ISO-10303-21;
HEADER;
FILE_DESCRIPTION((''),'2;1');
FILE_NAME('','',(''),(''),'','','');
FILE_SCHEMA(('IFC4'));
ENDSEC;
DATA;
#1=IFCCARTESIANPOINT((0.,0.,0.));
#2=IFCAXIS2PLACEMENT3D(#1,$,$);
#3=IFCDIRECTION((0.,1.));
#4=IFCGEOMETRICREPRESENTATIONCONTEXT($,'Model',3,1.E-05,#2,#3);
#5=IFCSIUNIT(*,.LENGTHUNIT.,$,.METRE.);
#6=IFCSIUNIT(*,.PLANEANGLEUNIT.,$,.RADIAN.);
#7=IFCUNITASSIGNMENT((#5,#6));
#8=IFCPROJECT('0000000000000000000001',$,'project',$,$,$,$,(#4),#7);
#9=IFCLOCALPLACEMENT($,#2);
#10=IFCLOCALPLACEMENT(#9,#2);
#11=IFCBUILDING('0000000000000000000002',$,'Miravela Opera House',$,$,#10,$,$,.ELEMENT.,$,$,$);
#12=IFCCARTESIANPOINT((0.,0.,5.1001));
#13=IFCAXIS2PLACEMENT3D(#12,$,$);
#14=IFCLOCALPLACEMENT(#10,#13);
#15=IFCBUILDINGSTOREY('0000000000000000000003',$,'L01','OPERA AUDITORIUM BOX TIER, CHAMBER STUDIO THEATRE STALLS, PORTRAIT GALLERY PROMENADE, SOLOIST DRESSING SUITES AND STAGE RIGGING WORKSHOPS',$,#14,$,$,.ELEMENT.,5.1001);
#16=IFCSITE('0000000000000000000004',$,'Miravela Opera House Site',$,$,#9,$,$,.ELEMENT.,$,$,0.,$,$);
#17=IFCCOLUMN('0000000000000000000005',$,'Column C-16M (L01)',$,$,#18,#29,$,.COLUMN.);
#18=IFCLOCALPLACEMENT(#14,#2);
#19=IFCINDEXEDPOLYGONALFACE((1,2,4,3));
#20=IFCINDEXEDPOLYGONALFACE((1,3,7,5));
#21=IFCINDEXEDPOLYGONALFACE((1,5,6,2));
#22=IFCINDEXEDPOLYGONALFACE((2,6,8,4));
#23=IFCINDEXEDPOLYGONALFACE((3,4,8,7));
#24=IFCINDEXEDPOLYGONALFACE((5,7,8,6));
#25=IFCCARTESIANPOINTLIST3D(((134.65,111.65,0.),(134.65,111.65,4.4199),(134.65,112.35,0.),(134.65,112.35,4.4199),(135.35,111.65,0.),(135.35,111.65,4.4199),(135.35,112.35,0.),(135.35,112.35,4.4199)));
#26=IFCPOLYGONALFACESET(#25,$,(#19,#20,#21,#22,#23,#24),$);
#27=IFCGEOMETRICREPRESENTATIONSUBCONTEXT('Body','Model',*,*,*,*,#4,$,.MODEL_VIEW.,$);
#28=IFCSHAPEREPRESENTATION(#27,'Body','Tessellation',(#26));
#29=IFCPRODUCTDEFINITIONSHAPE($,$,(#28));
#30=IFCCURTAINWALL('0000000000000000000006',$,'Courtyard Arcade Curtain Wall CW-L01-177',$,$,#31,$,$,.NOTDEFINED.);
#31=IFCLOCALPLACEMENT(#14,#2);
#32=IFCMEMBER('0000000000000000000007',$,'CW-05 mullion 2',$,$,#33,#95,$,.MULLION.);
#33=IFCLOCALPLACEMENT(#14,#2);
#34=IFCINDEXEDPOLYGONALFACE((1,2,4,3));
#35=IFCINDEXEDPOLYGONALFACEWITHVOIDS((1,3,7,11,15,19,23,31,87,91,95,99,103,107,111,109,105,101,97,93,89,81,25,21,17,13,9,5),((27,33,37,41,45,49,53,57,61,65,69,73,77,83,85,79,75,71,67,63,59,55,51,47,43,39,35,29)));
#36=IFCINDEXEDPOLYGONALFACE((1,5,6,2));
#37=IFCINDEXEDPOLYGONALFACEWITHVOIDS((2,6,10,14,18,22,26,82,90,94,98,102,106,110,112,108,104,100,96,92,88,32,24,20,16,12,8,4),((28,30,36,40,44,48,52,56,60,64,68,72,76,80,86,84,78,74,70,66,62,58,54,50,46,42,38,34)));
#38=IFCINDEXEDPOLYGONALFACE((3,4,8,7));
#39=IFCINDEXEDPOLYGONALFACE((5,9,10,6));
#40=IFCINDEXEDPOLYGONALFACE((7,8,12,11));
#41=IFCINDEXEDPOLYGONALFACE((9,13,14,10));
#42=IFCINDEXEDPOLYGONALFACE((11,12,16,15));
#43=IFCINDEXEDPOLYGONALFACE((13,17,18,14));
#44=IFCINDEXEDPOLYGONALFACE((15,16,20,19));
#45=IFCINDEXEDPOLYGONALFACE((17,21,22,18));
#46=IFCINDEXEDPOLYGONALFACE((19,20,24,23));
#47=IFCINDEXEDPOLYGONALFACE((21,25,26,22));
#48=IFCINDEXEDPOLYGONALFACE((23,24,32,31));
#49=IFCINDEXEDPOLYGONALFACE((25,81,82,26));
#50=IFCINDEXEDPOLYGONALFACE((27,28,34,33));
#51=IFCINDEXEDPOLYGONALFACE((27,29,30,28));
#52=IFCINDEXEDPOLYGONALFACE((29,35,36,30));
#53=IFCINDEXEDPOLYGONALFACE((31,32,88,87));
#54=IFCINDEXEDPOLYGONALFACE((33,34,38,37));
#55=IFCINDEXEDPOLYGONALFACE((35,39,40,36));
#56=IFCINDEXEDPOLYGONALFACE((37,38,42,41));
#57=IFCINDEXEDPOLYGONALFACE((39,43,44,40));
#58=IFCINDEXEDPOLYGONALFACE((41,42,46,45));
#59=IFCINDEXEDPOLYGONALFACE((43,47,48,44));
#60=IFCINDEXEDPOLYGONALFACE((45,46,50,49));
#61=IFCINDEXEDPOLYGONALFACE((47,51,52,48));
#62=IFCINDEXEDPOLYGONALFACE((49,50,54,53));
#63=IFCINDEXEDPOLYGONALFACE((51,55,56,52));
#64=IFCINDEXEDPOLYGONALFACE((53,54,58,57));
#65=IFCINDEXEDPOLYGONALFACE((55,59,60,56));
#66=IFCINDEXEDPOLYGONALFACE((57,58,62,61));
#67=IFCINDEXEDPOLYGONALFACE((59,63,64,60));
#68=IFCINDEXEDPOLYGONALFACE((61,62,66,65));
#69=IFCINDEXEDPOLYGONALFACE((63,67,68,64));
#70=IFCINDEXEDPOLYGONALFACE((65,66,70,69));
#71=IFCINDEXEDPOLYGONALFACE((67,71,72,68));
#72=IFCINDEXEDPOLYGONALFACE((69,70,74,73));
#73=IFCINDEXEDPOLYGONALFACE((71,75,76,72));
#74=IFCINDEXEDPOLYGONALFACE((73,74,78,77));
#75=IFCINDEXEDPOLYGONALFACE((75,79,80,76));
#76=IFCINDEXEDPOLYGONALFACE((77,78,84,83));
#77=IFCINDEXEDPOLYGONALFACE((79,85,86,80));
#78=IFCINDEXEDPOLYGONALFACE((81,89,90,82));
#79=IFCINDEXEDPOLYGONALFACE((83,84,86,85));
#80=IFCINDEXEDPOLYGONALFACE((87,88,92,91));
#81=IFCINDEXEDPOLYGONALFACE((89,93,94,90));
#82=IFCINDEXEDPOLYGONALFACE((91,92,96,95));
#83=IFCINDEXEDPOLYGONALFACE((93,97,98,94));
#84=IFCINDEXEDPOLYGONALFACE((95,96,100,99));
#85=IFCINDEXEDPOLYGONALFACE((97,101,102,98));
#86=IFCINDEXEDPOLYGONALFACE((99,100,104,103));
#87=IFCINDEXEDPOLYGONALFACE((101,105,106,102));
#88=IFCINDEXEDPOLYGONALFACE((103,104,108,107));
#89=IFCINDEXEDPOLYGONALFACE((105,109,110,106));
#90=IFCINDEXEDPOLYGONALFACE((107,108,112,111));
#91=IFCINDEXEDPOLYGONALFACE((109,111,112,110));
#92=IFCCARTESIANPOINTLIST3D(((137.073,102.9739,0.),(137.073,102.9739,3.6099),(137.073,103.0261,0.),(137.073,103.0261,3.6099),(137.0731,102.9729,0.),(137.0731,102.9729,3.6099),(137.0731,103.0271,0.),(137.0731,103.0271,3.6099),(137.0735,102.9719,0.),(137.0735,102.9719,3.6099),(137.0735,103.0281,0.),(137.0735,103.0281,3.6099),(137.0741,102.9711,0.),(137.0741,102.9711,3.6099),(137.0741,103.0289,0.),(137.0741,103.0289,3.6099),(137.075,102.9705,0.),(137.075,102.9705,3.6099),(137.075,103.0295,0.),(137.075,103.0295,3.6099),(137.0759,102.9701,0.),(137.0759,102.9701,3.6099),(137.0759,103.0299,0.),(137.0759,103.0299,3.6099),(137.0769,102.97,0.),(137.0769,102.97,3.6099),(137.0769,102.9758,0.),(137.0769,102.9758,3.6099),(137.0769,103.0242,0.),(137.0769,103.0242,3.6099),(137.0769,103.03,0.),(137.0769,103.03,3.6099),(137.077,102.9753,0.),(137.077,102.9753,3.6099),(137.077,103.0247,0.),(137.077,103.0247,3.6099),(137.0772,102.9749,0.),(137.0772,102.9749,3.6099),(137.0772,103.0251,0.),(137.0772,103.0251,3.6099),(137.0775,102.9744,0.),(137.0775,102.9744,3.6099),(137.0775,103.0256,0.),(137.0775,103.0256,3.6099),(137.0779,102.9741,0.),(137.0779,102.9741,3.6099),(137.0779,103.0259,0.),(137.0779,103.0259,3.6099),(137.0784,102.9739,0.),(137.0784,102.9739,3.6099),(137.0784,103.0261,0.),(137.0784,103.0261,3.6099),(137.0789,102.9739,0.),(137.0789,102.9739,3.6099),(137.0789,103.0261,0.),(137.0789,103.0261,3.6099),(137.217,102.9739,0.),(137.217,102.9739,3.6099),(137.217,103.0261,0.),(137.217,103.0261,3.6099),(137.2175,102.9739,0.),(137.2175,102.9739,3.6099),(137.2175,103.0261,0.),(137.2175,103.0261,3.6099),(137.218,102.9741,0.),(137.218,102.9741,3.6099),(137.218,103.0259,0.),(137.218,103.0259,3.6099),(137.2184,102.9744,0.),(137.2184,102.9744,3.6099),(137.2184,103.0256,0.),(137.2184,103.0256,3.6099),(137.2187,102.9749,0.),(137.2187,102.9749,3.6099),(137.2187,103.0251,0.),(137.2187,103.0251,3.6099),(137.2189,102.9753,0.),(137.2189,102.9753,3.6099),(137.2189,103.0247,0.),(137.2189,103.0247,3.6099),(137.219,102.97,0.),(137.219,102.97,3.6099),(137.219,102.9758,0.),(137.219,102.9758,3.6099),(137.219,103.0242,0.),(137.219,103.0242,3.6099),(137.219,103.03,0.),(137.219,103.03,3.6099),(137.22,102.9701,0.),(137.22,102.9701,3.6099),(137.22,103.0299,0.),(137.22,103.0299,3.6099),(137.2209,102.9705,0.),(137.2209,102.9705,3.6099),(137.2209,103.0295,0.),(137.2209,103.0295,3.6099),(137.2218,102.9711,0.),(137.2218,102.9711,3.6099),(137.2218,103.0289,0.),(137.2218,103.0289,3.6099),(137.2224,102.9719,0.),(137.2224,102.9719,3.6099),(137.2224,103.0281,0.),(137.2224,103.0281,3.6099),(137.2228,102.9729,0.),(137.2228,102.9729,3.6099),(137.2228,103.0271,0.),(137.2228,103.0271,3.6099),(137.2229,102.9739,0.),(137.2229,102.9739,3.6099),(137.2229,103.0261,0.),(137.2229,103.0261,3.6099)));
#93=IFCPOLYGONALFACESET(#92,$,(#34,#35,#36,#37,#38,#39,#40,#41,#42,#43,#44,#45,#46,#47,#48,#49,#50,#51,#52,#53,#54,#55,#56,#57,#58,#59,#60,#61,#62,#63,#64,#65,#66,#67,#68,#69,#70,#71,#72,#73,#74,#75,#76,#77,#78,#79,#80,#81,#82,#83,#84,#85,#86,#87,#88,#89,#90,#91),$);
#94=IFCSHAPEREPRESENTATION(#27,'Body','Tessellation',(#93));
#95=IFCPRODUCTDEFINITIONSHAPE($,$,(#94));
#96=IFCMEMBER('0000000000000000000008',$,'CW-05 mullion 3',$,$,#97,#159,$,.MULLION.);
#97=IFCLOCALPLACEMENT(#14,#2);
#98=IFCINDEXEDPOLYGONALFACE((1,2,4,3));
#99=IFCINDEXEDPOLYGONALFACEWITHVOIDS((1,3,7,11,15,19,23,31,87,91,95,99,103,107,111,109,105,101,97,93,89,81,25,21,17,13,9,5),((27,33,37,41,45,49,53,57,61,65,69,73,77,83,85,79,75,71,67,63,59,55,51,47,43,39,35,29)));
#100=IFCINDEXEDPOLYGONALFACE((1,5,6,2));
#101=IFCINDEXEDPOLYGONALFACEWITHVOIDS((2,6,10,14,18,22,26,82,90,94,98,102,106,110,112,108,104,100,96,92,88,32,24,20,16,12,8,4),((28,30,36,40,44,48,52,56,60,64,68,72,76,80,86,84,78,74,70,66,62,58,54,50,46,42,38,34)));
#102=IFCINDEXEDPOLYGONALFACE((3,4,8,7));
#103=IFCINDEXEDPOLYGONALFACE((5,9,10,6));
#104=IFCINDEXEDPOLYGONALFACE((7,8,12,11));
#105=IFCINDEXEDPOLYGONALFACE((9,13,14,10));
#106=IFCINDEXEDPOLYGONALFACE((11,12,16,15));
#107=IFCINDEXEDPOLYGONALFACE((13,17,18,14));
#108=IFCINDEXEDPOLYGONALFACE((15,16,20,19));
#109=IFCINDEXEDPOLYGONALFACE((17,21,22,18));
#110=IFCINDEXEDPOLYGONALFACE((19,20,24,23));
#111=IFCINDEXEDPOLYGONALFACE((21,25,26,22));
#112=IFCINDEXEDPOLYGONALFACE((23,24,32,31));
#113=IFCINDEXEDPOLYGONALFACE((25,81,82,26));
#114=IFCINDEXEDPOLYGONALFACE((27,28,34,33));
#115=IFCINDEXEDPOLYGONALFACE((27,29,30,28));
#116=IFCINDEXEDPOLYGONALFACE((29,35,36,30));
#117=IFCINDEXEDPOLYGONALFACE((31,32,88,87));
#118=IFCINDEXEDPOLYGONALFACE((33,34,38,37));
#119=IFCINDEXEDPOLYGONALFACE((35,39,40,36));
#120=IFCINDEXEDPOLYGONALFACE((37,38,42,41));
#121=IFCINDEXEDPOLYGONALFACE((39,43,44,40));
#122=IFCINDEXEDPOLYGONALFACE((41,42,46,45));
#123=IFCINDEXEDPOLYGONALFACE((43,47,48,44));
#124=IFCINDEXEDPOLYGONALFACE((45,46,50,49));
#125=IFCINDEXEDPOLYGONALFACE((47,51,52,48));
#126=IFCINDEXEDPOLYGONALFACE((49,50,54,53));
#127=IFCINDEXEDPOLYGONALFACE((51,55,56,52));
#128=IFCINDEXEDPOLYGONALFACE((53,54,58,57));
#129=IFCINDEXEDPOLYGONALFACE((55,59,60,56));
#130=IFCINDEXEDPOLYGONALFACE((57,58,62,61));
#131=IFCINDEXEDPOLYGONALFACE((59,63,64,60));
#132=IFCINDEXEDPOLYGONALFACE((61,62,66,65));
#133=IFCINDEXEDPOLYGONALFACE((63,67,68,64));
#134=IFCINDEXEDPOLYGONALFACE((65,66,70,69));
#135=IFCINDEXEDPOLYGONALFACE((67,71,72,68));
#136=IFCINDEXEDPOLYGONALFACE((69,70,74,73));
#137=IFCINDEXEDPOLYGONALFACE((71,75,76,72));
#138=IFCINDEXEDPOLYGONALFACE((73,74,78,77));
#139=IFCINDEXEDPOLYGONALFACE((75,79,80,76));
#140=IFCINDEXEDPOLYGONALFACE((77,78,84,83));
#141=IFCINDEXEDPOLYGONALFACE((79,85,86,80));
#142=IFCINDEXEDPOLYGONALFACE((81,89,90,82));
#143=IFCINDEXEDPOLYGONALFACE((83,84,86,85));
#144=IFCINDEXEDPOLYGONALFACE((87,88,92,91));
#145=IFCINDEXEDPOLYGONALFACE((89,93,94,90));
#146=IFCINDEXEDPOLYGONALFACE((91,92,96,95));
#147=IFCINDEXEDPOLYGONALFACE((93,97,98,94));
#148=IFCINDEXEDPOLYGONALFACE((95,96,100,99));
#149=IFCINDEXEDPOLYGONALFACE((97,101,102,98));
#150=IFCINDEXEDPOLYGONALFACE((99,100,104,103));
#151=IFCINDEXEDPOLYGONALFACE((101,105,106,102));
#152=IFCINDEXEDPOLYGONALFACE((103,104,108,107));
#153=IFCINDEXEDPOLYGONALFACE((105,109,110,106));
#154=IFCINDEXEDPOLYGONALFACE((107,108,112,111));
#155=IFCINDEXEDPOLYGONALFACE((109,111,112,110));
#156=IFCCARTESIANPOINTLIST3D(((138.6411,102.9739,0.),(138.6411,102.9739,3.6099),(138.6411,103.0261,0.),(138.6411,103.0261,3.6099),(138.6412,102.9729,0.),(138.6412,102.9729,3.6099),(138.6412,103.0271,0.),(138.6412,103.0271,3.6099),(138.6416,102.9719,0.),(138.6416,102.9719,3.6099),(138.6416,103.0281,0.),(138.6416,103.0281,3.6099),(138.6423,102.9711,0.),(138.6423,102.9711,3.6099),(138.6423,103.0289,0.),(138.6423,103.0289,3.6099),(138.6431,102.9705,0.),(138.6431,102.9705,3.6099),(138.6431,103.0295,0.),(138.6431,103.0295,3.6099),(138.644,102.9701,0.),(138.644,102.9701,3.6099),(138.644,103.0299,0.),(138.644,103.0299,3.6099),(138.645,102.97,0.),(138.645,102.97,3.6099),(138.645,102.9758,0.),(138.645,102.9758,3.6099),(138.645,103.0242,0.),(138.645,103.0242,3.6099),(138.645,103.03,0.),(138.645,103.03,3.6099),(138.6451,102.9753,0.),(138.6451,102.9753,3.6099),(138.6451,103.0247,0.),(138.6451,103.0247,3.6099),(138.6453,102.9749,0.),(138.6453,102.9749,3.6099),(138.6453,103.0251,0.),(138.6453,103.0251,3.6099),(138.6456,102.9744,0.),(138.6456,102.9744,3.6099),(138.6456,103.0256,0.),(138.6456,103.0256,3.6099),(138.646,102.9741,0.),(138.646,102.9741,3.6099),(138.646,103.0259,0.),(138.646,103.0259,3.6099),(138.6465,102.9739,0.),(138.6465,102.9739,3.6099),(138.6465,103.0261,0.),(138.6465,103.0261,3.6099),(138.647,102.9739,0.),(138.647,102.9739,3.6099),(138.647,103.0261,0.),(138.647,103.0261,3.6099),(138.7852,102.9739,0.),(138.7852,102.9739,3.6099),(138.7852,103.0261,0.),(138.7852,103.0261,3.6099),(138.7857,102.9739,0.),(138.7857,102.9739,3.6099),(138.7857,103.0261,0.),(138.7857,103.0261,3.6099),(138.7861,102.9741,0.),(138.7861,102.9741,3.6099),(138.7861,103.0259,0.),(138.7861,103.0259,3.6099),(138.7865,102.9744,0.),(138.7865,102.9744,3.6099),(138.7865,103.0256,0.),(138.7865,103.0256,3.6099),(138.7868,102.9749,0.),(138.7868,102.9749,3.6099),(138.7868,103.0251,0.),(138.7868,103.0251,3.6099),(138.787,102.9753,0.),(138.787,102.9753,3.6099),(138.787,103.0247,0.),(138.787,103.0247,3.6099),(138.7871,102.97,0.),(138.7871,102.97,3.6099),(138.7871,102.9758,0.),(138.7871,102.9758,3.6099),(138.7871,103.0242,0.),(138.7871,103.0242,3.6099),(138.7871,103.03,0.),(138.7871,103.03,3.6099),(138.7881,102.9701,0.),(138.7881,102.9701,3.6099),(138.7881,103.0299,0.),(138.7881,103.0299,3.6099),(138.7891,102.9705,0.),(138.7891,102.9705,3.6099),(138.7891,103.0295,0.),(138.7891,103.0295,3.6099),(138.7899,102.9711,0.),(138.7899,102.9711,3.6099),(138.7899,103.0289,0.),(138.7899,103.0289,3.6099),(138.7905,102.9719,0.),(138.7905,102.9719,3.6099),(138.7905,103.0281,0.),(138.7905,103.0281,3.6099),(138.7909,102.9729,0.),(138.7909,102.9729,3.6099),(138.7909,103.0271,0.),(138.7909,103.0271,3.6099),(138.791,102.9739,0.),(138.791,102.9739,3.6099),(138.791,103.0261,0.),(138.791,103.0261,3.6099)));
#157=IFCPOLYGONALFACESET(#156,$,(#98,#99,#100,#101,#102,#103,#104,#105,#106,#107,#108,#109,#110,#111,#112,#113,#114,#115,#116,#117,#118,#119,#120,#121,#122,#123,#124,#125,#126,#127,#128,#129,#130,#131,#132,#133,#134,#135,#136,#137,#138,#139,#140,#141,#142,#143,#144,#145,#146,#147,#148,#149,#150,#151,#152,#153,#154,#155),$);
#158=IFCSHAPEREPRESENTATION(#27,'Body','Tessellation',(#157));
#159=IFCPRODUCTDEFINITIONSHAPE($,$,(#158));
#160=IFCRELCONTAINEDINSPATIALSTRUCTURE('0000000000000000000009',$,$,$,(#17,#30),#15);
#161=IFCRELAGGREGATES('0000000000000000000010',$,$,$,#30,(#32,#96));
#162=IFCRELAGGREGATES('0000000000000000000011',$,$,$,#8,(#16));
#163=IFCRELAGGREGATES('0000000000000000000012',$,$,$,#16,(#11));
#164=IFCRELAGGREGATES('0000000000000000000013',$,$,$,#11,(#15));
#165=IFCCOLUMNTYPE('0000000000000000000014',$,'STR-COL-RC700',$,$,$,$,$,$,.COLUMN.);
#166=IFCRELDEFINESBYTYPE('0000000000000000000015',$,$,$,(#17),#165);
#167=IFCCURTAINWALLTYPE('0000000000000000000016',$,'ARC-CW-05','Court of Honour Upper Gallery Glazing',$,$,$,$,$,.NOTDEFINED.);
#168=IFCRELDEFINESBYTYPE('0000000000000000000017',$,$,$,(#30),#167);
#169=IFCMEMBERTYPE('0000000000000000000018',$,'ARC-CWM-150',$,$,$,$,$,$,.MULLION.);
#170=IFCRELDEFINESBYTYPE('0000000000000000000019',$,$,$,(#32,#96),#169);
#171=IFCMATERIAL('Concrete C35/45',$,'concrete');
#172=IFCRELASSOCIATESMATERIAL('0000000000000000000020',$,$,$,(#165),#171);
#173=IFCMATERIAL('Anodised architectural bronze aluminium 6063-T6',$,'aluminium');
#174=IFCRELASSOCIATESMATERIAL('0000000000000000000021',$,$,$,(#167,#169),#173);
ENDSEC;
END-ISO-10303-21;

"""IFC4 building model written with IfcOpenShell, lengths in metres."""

from ifc_helpers import new_model, si_unit, direction, frame, origin, origin_2d, place, context, subcontext, project, spatial, rectangle, hollow_rectangle, extrude, material, material_profile, profile_set, type_object, element, aggregate, save


model = new_model("IFC4")

# Units and contexts
model_context = context("Model", 3, precision=1e-05, world=origin(), true_north=direction((0.0, 1.0)))
body_context = subcontext(model_context, "Body", "Model", "MODEL_VIEW")
ifc_project = project(units=[si_unit("LENGTHUNIT", "METRE"), si_unit("PLANEANGLEUNIT", "RADIAN")], contexts=[model_context])

# Site, building, storey
site_placement = place(None, origin())
site = spatial("IfcSite", under=ifc_project, at=site_placement, Name="Miravela Opera House Site", CompositionType="ELEMENT", RefElevation=0.0)
building_placement = place(site_placement, origin())
building = spatial("IfcBuilding", under=site, at=building_placement, Name="Miravela Opera House", CompositionType="ELEMENT")
storey_placement = place(building_placement, frame((0.0, 0.0, 5.1001)))
storey = spatial("IfcBuildingStorey", under=building, at=storey_placement, Name="L01", Description="OPERA AUDITORIUM BOX TIER, CHAMBER STUDIO THEATRE STALLS, PORTRAIT GALLERY PROMENADE, SOLOIST DRESSING SUITES AND STAGE RIGGING WORKSHOPS", CompositionType="ELEMENT", Elevation=5.1001)

# Column
ifc_material_1 = material(Name="Concrete C35/45", Category="concrete")
ifc_material_profile_1 = material_profile(ifc_material_1, rectangle(XDim=0.7, YDim=0.7, at=origin_2d()), Name="RC-COL-700X700")
ifc_profile_set_1 = profile_set([ifc_material_profile_1])
column_type = type_object("IfcColumnType", Name="STR-COL-RC700", PredefinedType="COLUMN", material=ifc_profile_set_1)
column_placement = place(storey_placement, frame((135.0, 112.0, 0.0), z_axis=(0.0, 0.0, 1.0), x_axis=(1.0, 0.0, 0.0)))
element("IfcColumn", 1, at=column_placement, inside=storey, type_object=column_type, Name="Column C-16M (L01)", PredefinedType="COLUMN", context=body_context, shape_type="SweptSolid", body=[
    extrude(rectangle(XDim=0.7, YDim=0.7, at=origin_2d()), origin(), (0.0, 0.0, 1.0), 4.4199),
])

# Curtain wall, members
ifc_material_2 = material(Name="Anodised architectural bronze aluminium 6063-T6", Category="aluminium")
curtain_wall_type = type_object("IfcCurtainWallType", Name="ARC-CW-05", Description="Court of Honour Upper Gallery Glazing", PredefinedType="NOTDEFINED", material=ifc_material_2)
curtain_wall_placement = place(storey_placement, origin())
curtain_wall = element("IfcCurtainWall", 2, at=curtain_wall_placement, inside=storey, type_object=curtain_wall_type, Name="Courtyard Arcade Curtain Wall CW-L01-177", PredefinedType="NOTDEFINED")
ifc_material_profile_2 = material_profile(ifc_material_2, hollow_rectangle(XDim=0.0601, YDim=0.1499, WallThickness=0.0039, InnerFilletRadius=0.002, OuterFilletRadius=0.0039, at=origin_2d()), Name="CWM-60X150")
ifc_profile_set_2 = profile_set([ifc_material_profile_2])
member_type_1 = type_object("IfcMemberType", Name="ARC-CWM-150", PredefinedType="MULLION", material=ifc_profile_set_2)
member_1_placement = place(storey_placement, frame((137.1479, 103.0, 0.0), z_axis=(0.0, 0.0, 1.0), x_axis=(0.0, 1.0, 0.0)))
member_1 = element("IfcMember", 3, at=member_1_placement, type_object=member_type_1, Name="CW-05 mullion 2", PredefinedType="MULLION", context=body_context, shape_type="SweptSolid", body=[
    extrude(hollow_rectangle(XDim=0.0601, YDim=0.1499, WallThickness=0.0039, InnerFilletRadius=0.002, OuterFilletRadius=0.0039, at=origin_2d()), origin(), (0.0, 0.0, 1.0), 3.6099),
])
member_2_placement = place(storey_placement, frame((138.7161, 103.0, 0.0), z_axis=(0.0, 0.0, 1.0), x_axis=(0.0, 1.0, 0.0)))
member_2 = element("IfcMember", 4, at=member_2_placement, type_object=member_type_1, Name="CW-05 mullion 3", PredefinedType="MULLION", context=body_context, shape_type="SweptSolid", body=[
    extrude(hollow_rectangle(XDim=0.0601, YDim=0.1499, WallThickness=0.0039, InnerFilletRadius=0.002, OuterFilletRadius=0.0039, at=origin_2d()), origin(), (0.0, 0.0, 1.0), 3.6099),
])

aggregate(curtain_wall, [member_1, member_2])

save(model, "model.ifc")
